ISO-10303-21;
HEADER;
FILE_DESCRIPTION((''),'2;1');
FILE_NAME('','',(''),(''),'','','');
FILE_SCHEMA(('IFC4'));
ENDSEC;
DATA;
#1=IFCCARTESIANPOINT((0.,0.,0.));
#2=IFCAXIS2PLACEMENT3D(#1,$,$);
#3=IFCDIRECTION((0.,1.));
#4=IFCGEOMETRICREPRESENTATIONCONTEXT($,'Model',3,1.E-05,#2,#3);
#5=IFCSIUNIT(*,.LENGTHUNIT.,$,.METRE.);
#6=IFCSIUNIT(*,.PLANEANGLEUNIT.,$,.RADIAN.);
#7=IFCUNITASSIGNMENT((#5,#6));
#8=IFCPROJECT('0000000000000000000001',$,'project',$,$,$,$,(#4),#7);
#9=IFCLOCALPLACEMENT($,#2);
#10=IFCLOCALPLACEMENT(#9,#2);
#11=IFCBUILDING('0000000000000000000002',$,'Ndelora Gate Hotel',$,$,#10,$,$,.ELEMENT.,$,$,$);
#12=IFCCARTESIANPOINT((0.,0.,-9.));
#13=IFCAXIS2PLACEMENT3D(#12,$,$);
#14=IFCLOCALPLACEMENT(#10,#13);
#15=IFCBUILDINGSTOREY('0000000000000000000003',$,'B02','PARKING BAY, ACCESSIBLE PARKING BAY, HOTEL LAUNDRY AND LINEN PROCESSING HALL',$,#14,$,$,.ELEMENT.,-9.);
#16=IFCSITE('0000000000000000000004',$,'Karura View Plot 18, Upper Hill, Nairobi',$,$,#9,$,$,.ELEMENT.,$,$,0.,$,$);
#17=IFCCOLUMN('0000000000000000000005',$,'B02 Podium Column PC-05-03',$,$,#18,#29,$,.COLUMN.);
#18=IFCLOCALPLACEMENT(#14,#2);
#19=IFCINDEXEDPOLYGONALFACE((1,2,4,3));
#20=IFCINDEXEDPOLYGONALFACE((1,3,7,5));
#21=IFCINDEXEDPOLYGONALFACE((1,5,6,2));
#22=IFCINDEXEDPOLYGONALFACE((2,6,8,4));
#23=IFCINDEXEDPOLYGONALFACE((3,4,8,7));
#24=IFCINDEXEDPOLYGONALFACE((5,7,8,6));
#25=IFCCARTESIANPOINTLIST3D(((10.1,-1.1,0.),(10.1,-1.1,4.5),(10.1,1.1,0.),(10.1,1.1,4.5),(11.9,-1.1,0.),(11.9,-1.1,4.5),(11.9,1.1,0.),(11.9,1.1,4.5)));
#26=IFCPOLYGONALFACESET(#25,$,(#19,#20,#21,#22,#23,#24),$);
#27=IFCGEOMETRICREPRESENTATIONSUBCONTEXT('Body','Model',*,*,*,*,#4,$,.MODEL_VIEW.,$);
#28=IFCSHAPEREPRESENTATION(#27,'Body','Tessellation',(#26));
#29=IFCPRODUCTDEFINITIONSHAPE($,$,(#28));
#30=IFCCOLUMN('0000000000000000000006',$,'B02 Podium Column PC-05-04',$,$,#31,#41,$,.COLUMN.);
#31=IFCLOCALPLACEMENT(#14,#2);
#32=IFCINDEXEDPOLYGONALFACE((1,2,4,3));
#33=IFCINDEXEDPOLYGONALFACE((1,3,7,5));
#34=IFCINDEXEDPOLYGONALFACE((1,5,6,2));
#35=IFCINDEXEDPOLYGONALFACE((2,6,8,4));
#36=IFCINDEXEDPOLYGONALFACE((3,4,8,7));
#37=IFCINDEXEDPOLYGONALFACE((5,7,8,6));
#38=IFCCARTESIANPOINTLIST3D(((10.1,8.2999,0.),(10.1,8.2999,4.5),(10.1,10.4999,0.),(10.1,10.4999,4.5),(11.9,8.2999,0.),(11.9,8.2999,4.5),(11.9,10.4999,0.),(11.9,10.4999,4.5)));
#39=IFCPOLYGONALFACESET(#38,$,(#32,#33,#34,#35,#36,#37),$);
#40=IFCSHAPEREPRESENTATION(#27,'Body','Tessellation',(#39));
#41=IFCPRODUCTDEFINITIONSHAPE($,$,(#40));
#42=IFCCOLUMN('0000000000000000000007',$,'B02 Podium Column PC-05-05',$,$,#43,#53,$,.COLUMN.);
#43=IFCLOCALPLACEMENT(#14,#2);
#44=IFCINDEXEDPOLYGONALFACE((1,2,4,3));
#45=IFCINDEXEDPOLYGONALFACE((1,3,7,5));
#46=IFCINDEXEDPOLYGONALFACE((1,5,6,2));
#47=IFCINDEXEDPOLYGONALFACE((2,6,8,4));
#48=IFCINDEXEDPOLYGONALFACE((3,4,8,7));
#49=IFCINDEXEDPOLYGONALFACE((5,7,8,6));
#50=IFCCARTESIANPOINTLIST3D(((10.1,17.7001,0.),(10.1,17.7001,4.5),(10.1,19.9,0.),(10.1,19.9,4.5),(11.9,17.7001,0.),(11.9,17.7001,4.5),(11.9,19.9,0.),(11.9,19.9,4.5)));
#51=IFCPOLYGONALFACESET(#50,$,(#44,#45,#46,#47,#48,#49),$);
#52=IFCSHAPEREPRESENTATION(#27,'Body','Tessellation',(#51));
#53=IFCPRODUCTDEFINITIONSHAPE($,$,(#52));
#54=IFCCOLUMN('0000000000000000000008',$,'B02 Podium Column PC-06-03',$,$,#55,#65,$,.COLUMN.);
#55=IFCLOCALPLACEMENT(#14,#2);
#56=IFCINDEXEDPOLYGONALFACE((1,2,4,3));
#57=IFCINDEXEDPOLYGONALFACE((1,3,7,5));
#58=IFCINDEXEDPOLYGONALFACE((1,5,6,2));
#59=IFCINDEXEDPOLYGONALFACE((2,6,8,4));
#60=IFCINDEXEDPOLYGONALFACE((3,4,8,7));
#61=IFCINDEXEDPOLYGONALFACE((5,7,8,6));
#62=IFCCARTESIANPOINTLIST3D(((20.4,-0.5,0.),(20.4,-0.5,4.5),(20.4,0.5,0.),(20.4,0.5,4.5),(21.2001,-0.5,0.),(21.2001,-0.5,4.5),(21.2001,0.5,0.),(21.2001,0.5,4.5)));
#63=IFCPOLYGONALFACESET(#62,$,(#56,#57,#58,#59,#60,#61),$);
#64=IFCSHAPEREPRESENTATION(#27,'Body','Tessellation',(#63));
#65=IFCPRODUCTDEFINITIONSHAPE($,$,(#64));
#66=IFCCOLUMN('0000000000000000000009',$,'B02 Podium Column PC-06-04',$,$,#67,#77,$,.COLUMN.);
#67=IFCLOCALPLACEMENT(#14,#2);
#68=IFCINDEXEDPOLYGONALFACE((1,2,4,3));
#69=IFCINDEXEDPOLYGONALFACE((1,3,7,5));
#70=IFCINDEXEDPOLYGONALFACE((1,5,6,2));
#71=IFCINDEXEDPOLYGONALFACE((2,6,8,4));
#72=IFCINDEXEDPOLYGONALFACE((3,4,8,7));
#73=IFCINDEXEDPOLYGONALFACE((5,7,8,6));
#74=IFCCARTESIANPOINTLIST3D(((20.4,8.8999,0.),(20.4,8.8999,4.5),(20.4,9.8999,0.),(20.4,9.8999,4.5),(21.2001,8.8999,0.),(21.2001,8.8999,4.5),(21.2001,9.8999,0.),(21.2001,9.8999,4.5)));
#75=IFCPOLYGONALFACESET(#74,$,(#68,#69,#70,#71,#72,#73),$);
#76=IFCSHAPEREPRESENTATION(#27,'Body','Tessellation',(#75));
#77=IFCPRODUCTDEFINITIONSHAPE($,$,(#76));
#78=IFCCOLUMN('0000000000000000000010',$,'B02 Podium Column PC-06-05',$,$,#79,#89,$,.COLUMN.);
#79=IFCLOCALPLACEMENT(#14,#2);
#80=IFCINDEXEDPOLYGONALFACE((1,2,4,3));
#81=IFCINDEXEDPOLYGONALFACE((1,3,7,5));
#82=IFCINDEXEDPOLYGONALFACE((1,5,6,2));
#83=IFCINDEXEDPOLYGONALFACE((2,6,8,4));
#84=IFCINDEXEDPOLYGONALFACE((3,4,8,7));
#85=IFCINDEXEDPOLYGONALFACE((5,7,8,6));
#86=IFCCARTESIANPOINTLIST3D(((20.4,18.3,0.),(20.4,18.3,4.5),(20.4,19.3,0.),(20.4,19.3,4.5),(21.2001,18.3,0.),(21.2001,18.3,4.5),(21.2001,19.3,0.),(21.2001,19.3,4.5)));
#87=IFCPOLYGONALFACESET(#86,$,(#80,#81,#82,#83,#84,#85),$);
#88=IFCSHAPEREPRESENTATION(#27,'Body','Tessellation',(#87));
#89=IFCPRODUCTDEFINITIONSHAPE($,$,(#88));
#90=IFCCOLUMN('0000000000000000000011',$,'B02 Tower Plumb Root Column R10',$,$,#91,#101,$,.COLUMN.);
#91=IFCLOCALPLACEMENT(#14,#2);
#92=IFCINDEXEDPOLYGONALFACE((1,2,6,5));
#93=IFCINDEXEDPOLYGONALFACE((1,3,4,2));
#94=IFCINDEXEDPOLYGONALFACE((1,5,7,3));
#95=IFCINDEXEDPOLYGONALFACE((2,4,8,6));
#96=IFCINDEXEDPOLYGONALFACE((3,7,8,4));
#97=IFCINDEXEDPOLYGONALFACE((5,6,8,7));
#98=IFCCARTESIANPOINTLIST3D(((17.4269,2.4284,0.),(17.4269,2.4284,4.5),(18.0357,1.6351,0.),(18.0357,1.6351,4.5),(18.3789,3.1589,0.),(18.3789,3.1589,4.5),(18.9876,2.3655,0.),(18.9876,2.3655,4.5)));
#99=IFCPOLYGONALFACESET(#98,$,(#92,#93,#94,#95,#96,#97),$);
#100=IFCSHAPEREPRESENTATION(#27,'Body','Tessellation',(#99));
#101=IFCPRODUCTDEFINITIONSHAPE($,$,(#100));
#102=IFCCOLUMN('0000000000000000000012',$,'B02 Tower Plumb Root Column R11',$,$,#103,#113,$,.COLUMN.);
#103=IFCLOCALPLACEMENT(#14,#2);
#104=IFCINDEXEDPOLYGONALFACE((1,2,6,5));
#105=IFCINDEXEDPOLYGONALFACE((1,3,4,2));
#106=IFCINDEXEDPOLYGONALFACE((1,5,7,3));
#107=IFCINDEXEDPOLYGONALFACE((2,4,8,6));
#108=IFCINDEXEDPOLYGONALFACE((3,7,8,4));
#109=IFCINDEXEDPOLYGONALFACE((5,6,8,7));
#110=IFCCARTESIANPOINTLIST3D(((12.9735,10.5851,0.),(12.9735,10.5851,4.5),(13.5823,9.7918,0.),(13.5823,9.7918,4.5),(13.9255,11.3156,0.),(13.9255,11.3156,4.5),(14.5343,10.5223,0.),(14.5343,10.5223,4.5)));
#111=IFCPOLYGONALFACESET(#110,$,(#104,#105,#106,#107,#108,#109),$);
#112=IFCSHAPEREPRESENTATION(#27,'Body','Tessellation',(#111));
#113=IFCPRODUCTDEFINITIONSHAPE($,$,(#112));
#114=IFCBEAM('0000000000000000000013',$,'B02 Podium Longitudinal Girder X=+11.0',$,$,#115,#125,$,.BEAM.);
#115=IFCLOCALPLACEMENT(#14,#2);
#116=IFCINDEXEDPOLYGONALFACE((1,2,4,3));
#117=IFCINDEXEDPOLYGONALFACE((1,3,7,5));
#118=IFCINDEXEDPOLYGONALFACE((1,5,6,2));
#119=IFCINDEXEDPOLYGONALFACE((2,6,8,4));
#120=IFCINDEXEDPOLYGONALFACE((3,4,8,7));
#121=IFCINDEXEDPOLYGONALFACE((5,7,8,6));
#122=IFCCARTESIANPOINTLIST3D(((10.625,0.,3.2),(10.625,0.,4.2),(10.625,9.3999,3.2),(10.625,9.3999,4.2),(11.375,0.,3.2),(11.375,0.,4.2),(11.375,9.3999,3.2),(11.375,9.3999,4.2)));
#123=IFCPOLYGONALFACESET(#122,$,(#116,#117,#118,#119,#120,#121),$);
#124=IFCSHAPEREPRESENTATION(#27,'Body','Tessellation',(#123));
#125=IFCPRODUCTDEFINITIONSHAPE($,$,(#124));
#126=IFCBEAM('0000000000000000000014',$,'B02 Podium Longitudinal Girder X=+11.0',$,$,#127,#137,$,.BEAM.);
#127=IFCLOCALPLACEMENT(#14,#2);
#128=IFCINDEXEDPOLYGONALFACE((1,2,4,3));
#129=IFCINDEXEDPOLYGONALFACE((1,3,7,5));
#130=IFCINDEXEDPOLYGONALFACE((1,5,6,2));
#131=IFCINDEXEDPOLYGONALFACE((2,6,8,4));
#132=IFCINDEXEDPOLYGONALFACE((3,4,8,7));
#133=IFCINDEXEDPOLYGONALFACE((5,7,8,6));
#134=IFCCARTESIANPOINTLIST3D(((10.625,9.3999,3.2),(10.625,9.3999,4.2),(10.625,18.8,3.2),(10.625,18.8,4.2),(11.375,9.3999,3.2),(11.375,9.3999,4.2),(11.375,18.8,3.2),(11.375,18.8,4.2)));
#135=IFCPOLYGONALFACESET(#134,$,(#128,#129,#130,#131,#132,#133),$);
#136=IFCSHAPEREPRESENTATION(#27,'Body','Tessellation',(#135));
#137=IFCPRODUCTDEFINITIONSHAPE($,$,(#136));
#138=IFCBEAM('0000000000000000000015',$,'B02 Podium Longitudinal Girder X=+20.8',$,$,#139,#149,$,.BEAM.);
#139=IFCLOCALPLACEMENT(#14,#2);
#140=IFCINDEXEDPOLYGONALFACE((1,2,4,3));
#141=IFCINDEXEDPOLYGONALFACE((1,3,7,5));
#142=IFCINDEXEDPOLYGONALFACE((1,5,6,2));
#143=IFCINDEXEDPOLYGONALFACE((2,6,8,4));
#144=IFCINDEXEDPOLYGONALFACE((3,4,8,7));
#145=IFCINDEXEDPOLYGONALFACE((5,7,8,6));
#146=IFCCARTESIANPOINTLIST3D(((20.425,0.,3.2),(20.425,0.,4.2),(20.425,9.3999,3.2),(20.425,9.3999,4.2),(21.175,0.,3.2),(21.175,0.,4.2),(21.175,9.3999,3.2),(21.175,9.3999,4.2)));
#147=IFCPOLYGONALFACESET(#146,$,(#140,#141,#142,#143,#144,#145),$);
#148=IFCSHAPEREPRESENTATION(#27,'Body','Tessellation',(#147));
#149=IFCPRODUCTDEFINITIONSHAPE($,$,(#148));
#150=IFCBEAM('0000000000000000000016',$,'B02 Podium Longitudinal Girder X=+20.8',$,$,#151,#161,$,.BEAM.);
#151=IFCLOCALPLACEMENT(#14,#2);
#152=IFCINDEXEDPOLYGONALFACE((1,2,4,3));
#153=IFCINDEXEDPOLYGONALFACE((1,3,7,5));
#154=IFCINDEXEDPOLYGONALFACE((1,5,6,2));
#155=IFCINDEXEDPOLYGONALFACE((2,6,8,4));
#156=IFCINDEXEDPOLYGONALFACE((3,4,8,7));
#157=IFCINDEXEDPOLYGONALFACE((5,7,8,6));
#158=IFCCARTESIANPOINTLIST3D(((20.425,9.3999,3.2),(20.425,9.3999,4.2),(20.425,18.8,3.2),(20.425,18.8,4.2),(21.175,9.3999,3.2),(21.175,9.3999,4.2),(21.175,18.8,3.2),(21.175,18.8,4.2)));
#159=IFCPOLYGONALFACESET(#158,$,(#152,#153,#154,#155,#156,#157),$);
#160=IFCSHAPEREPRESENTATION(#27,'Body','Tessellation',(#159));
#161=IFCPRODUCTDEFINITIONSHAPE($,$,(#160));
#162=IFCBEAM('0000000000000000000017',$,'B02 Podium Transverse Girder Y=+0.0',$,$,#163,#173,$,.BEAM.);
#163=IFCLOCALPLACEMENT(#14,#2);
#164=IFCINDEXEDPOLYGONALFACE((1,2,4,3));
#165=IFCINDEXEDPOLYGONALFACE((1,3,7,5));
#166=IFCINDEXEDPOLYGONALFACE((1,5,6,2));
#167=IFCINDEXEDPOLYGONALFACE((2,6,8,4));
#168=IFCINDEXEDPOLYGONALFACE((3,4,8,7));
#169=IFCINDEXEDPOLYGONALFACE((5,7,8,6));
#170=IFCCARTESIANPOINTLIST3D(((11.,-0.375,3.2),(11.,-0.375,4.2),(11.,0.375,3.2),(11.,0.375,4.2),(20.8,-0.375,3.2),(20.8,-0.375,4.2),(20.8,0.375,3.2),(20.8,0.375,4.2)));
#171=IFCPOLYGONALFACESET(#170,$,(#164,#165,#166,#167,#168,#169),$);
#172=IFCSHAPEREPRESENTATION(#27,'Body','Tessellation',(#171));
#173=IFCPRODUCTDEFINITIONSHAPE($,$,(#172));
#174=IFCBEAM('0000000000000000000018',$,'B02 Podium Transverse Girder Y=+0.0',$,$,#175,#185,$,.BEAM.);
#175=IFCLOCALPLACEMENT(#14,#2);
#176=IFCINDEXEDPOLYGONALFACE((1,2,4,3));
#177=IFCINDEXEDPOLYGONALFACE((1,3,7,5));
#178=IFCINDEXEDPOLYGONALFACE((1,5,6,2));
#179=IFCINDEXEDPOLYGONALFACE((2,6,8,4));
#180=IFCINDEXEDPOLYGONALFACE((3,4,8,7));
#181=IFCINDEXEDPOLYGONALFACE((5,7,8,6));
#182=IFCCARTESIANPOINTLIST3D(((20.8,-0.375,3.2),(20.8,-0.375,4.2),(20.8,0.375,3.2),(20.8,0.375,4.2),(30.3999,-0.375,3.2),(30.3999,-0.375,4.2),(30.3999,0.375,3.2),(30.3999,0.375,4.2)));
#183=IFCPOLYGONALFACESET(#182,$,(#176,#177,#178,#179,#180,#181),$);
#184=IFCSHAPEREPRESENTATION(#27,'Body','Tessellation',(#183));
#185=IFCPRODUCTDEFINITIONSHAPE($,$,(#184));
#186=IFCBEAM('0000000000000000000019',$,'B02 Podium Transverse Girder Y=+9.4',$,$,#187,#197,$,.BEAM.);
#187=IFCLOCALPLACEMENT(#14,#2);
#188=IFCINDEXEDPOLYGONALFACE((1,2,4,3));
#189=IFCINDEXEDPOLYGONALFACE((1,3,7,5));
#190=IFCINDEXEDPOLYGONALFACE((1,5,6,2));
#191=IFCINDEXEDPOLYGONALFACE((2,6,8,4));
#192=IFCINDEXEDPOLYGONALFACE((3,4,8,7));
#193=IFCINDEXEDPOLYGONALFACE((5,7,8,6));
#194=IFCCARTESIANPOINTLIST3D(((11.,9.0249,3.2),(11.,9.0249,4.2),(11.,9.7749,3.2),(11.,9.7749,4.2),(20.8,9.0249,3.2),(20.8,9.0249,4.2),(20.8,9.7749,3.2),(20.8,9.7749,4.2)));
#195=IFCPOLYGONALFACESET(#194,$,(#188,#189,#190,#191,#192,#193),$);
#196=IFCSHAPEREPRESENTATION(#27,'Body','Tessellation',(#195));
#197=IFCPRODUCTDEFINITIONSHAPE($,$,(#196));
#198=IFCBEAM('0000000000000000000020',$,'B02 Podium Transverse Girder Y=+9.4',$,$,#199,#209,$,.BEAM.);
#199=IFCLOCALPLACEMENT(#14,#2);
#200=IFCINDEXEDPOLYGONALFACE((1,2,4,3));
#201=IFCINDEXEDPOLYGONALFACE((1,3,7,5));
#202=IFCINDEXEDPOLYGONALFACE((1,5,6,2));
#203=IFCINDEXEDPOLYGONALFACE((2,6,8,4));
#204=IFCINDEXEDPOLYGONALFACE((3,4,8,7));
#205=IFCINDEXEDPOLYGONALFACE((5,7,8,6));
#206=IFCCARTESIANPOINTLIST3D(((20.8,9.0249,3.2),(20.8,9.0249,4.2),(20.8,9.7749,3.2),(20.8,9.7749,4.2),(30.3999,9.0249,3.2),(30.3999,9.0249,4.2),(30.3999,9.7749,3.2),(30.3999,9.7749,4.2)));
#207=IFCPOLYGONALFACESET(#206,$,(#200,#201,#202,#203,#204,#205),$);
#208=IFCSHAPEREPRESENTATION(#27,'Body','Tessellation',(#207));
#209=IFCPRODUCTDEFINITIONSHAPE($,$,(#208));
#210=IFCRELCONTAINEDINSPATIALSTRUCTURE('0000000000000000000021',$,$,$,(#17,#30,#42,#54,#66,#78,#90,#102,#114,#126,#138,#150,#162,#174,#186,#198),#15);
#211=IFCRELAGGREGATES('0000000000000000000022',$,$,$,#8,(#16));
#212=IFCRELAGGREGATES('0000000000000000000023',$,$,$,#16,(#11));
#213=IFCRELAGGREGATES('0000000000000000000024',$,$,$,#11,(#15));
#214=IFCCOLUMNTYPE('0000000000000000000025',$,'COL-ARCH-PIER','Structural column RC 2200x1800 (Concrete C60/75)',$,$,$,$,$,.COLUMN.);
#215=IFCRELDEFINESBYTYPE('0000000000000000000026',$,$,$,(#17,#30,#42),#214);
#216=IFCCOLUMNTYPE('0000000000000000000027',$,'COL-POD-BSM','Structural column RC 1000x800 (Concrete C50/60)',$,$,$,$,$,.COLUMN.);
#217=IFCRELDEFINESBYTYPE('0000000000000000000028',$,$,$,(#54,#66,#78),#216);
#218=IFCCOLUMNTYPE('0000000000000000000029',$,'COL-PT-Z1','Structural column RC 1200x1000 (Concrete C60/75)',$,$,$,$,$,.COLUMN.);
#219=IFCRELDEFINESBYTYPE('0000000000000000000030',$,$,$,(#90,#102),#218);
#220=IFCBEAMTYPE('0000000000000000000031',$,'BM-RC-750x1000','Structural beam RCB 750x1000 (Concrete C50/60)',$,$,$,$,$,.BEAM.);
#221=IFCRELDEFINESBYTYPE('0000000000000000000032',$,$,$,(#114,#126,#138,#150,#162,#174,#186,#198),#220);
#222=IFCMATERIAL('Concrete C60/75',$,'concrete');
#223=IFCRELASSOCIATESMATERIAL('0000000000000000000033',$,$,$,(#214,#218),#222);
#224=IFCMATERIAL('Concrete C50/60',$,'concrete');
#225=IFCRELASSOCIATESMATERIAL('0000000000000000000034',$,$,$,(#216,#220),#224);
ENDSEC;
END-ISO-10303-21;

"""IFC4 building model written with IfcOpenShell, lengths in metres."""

from ifc_helpers import new_model, si_unit, direction, frame, origin, origin_2d, place, context, subcontext, project, spatial, rectangle, extrude, material, material_profile, profile_set, type_object, element, save


model = new_model("IFC4")

# Units and contexts
model_context = context("Model", 3, precision=1e-05, world=origin(), true_north=direction((0.0, 1.0)))
body_context = subcontext(model_context, "Body", "Model", "MODEL_VIEW")
ifc_project = project(units=[si_unit("LENGTHUNIT", "METRE"), si_unit("PLANEANGLEUNIT", "RADIAN")], contexts=[model_context])

# Site, building, storey
site_placement = place(None, origin())
site = spatial("IfcSite", under=ifc_project, at=site_placement, Name="Karura View Plot 18, Upper Hill, Nairobi", CompositionType="ELEMENT", RefElevation=0.0)
building_placement = place(site_placement, origin())
building = spatial("IfcBuilding", under=site, at=building_placement, Name="Ndelora Gate Hotel", CompositionType="ELEMENT")
storey_placement = place(building_placement, frame((0.0, 0.0, -9.0)))
storey = spatial("IfcBuildingStorey", under=building, at=storey_placement, Name="B02", Description="PARKING BAY, ACCESSIBLE PARKING BAY, HOTEL LAUNDRY AND LINEN PROCESSING HALL", CompositionType="ELEMENT", Elevation=-9.0)

# Columns
ifc_material_1 = material(Name="Concrete C60/75", Category="concrete")
ifc_material_profile_1 = material_profile(ifc_material_1, rectangle(XDim=1.8, YDim=2.2, at=origin_2d()), Name="RC 2200x1800")
ifc_profile_set_1 = profile_set([ifc_material_profile_1], Name="Concrete C60/75")
column_type_1 = type_object("IfcColumnType", Name="COL-ARCH-PIER", Description="Structural column RC 2200x1800 (Concrete C60/75)", PredefinedType="COLUMN", material=ifc_profile_set_1)
for number, where, z_axis, x_axis, name in (
    (1, (11.0, 0.0, 0.0), (0.0, 0.0, 1.0), (1.0, 0.0, 0.0), "B02 Podium Column PC-05-03"),
    (2, (11.0, 9.3999, 0.0), (0.0, 0.0, 1.0), (1.0, 0.0, 0.0), "B02 Podium Column PC-05-04"),
    (3, (11.0, 18.8, 0.0), (0.0, 0.0, 1.0), (1.0, 0.0, 0.0), "B02 Podium Column PC-05-05"),
):
    element("IfcColumn", number, at=place(storey_placement, frame(where, z_axis=z_axis, x_axis=x_axis)), inside=storey, type_object=column_type_1, Name=name, PredefinedType="COLUMN", context=body_context, shape_type="SweptSolid", body=[
        extrude(rectangle(XDim=1.8, YDim=2.2, at=origin_2d()), origin(), (0.0, 0.0, 1.0), 4.5),
    ])
ifc_material_2 = material(Name="Concrete C50/60", Category="concrete")
ifc_material_profile_2 = material_profile(ifc_material_2, rectangle(XDim=0.8, YDim=1.0, at=origin_2d()), Name="RC 1000x800")
ifc_profile_set_2 = profile_set([ifc_material_profile_2], Name="Concrete C50/60")
column_type_2 = type_object("IfcColumnType", Name="COL-POD-BSM", Description="Structural column RC 1000x800 (Concrete C50/60)", PredefinedType="COLUMN", material=ifc_profile_set_2)
for number, where, z_axis, x_axis, name in (
    (4, (20.8, 0.0, 0.0), (0.0, 0.0, 1.0), (1.0, 0.0, 0.0), "B02 Podium Column PC-06-03"),
    (5, (20.8, 9.3999, 0.0), (0.0, 0.0, 1.0), (1.0, 0.0, 0.0), "B02 Podium Column PC-06-04"),
    (6, (20.8, 18.8, 0.0), (0.0, 0.0, 1.0), (1.0, 0.0, 0.0), "B02 Podium Column PC-06-05"),
):
    element("IfcColumn", number, at=place(storey_placement, frame(where, z_axis=z_axis, x_axis=x_axis)), inside=storey, type_object=column_type_2, Name=name, PredefinedType="COLUMN", context=body_context, shape_type="SweptSolid", body=[
        extrude(rectangle(XDim=0.8, YDim=1.0, at=origin_2d()), origin(), (0.0, 0.0, 1.0), 4.5),
    ])
ifc_material_profile_3 = material_profile(ifc_material_1, rectangle(XDim=1.0, YDim=1.2, at=origin_2d()), Name="RC 1200x1000")
ifc_profile_set_3 = profile_set([ifc_material_profile_3], Name="Concrete C60/75")
column_type_3 = type_object("IfcColumnType", Name="COL-PT-Z1", Description="Structural column RC 1200x1000 (Concrete C60/75)", PredefinedType="COLUMN", material=ifc_profile_set_3)
for number, where, z_axis, x_axis, name in (
    (7, (18.2073, 2.397, 0.0), (0.0, 0.0, 1.0), (-0.608761, 0.793353, 0.0), "B02 Tower Plumb Root Column R10"),
    (8, (13.7539, 10.5537, 0.0), (0.0, 0.0, 1.0), (-0.608761, 0.793353, 0.0), "B02 Tower Plumb Root Column R11"),
):
    element("IfcColumn", number, at=place(storey_placement, frame(where, z_axis=z_axis, x_axis=x_axis)), inside=storey, type_object=column_type_3, Name=name, PredefinedType="COLUMN", context=body_context, shape_type="SweptSolid", body=[
        extrude(rectangle(XDim=1.0, YDim=1.2, at=origin_2d()), origin(), (0.0, 0.0, 1.0), 4.5),
    ])

# Beams
ifc_material_profile_4 = material_profile(ifc_material_2, rectangle(XDim=0.75, YDim=1.0, at=origin_2d()), Name="RCB 750x1000")
ifc_profile_set_4 = profile_set([ifc_material_profile_4], Name="Concrete C50/60")
beam_type = type_object("IfcBeamType", Name="BM-RC-750x1000", Description="Structural beam RCB 750x1000 (Concrete C50/60)", PredefinedType="BEAM", material=ifc_profile_set_4)
beam_1_placement = place(storey_placement, frame((11.0, 0.0, 3.7), z_axis=(0.0, 1.0, 0.0), x_axis=(-1.0, 0.0, 0.0)))
element("IfcBeam", 9, at=beam_1_placement, inside=storey, type_object=beam_type, Name="B02 Podium Longitudinal Girder X=+11.0", PredefinedType="BEAM", context=body_context, shape_type="SweptSolid", body=[
    extrude(rectangle(XDim=0.75, YDim=1.0, at=origin_2d()), origin(), (0.0, 0.0, 1.0), 9.3999),
])
beam_2_placement = place(storey_placement, frame((11.0, 9.3999, 3.7), z_axis=(0.0, 1.0, 0.0), x_axis=(-1.0, 0.0, 0.0)))
element("IfcBeam", 10, at=beam_2_placement, inside=storey, type_object=beam_type, Name="B02 Podium Longitudinal Girder X=+11.0", PredefinedType="BEAM", context=body_context, shape_type="SweptSolid", body=[
    extrude(rectangle(XDim=0.75, YDim=1.0, at=origin_2d()), origin(), (0.0, 0.0, 1.0), 9.4001),
])
beam_3_placement = place(storey_placement, frame((20.8, 0.0, 3.7), z_axis=(0.0, 1.0, 0.0), x_axis=(-1.0, 0.0, 0.0)))
element("IfcBeam", 11, at=beam_3_placement, inside=storey, type_object=beam_type, Name="B02 Podium Longitudinal Girder X=+20.8", PredefinedType="BEAM", context=body_context, shape_type="SweptSolid", body=[
    extrude(rectangle(XDim=0.75, YDim=1.0, at=origin_2d()), origin(), (0.0, 0.0, 1.0), 9.3999),
])
beam_4_placement = place(storey_placement, frame((20.8, 9.3999, 3.7), z_axis=(0.0, 1.0, 0.0), x_axis=(-1.0, 0.0, 0.0)))
element("IfcBeam", 12, at=beam_4_placement, inside=storey, type_object=beam_type, Name="B02 Podium Longitudinal Girder X=+20.8", PredefinedType="BEAM", context=body_context, shape_type="SweptSolid", body=[
    extrude(rectangle(XDim=0.75, YDim=1.0, at=origin_2d()), origin(), (0.0, 0.0, 1.0), 9.4001),
])
beam_5_placement = place(storey_placement, frame((11.0, 0.0, 3.7), z_axis=(1.0, 0.0, 0.0), x_axis=(0.0, 1.0, 0.0)))
element("IfcBeam", 13, at=beam_5_placement, inside=storey, type_object=beam_type, Name="B02 Podium Transverse Girder Y=+0.0", PredefinedType="BEAM", context=body_context, shape_type="SweptSolid", body=[
    extrude(rectangle(XDim=0.75, YDim=1.0, at=origin_2d()), origin(), (0.0, 0.0, 1.0), 9.8),
])
beam_6_placement = place(storey_placement, frame((20.8, 0.0, 3.7), z_axis=(1.0, 0.0, 0.0), x_axis=(0.0, 1.0, 0.0)))
element("IfcBeam", 14, at=beam_6_placement, inside=storey, type_object=beam_type, Name="B02 Podium Transverse Girder Y=+0.0", PredefinedType="BEAM", context=body_context, shape_type="SweptSolid", body=[
    extrude(rectangle(XDim=0.75, YDim=1.0, at=origin_2d()), origin(), (0.0, 0.0, 1.0), 9.5999),
])
beam_7_placement = place(storey_placement, frame((11.0, 9.3999, 3.7), z_axis=(1.0, 0.0, 0.0), x_axis=(0.0, 1.0, 0.0)))
element("IfcBeam", 15, at=beam_7_placement, inside=storey, type_object=beam_type, Name="B02 Podium Transverse Girder Y=+9.4", PredefinedType="BEAM", context=body_context, shape_type="SweptSolid", body=[
    extrude(rectangle(XDim=0.75, YDim=1.0, at=origin_2d()), origin(), (0.0, 0.0, 1.0), 9.8),
])
beam_8_placement = place(storey_placement, frame((20.8, 9.3999, 3.7), z_axis=(1.0, 0.0, 0.0), x_axis=(0.0, 1.0, 0.0)))
element("IfcBeam", 16, at=beam_8_placement, inside=storey, type_object=beam_type, Name="B02 Podium Transverse Girder Y=+9.4", PredefinedType="BEAM", context=body_context, shape_type="SweptSolid", body=[
    extrude(rectangle(XDim=0.75, YDim=1.0, at=origin_2d()), origin(), (0.0, 0.0, 1.0), 9.5999),
])

save(model, "model.ifc")
